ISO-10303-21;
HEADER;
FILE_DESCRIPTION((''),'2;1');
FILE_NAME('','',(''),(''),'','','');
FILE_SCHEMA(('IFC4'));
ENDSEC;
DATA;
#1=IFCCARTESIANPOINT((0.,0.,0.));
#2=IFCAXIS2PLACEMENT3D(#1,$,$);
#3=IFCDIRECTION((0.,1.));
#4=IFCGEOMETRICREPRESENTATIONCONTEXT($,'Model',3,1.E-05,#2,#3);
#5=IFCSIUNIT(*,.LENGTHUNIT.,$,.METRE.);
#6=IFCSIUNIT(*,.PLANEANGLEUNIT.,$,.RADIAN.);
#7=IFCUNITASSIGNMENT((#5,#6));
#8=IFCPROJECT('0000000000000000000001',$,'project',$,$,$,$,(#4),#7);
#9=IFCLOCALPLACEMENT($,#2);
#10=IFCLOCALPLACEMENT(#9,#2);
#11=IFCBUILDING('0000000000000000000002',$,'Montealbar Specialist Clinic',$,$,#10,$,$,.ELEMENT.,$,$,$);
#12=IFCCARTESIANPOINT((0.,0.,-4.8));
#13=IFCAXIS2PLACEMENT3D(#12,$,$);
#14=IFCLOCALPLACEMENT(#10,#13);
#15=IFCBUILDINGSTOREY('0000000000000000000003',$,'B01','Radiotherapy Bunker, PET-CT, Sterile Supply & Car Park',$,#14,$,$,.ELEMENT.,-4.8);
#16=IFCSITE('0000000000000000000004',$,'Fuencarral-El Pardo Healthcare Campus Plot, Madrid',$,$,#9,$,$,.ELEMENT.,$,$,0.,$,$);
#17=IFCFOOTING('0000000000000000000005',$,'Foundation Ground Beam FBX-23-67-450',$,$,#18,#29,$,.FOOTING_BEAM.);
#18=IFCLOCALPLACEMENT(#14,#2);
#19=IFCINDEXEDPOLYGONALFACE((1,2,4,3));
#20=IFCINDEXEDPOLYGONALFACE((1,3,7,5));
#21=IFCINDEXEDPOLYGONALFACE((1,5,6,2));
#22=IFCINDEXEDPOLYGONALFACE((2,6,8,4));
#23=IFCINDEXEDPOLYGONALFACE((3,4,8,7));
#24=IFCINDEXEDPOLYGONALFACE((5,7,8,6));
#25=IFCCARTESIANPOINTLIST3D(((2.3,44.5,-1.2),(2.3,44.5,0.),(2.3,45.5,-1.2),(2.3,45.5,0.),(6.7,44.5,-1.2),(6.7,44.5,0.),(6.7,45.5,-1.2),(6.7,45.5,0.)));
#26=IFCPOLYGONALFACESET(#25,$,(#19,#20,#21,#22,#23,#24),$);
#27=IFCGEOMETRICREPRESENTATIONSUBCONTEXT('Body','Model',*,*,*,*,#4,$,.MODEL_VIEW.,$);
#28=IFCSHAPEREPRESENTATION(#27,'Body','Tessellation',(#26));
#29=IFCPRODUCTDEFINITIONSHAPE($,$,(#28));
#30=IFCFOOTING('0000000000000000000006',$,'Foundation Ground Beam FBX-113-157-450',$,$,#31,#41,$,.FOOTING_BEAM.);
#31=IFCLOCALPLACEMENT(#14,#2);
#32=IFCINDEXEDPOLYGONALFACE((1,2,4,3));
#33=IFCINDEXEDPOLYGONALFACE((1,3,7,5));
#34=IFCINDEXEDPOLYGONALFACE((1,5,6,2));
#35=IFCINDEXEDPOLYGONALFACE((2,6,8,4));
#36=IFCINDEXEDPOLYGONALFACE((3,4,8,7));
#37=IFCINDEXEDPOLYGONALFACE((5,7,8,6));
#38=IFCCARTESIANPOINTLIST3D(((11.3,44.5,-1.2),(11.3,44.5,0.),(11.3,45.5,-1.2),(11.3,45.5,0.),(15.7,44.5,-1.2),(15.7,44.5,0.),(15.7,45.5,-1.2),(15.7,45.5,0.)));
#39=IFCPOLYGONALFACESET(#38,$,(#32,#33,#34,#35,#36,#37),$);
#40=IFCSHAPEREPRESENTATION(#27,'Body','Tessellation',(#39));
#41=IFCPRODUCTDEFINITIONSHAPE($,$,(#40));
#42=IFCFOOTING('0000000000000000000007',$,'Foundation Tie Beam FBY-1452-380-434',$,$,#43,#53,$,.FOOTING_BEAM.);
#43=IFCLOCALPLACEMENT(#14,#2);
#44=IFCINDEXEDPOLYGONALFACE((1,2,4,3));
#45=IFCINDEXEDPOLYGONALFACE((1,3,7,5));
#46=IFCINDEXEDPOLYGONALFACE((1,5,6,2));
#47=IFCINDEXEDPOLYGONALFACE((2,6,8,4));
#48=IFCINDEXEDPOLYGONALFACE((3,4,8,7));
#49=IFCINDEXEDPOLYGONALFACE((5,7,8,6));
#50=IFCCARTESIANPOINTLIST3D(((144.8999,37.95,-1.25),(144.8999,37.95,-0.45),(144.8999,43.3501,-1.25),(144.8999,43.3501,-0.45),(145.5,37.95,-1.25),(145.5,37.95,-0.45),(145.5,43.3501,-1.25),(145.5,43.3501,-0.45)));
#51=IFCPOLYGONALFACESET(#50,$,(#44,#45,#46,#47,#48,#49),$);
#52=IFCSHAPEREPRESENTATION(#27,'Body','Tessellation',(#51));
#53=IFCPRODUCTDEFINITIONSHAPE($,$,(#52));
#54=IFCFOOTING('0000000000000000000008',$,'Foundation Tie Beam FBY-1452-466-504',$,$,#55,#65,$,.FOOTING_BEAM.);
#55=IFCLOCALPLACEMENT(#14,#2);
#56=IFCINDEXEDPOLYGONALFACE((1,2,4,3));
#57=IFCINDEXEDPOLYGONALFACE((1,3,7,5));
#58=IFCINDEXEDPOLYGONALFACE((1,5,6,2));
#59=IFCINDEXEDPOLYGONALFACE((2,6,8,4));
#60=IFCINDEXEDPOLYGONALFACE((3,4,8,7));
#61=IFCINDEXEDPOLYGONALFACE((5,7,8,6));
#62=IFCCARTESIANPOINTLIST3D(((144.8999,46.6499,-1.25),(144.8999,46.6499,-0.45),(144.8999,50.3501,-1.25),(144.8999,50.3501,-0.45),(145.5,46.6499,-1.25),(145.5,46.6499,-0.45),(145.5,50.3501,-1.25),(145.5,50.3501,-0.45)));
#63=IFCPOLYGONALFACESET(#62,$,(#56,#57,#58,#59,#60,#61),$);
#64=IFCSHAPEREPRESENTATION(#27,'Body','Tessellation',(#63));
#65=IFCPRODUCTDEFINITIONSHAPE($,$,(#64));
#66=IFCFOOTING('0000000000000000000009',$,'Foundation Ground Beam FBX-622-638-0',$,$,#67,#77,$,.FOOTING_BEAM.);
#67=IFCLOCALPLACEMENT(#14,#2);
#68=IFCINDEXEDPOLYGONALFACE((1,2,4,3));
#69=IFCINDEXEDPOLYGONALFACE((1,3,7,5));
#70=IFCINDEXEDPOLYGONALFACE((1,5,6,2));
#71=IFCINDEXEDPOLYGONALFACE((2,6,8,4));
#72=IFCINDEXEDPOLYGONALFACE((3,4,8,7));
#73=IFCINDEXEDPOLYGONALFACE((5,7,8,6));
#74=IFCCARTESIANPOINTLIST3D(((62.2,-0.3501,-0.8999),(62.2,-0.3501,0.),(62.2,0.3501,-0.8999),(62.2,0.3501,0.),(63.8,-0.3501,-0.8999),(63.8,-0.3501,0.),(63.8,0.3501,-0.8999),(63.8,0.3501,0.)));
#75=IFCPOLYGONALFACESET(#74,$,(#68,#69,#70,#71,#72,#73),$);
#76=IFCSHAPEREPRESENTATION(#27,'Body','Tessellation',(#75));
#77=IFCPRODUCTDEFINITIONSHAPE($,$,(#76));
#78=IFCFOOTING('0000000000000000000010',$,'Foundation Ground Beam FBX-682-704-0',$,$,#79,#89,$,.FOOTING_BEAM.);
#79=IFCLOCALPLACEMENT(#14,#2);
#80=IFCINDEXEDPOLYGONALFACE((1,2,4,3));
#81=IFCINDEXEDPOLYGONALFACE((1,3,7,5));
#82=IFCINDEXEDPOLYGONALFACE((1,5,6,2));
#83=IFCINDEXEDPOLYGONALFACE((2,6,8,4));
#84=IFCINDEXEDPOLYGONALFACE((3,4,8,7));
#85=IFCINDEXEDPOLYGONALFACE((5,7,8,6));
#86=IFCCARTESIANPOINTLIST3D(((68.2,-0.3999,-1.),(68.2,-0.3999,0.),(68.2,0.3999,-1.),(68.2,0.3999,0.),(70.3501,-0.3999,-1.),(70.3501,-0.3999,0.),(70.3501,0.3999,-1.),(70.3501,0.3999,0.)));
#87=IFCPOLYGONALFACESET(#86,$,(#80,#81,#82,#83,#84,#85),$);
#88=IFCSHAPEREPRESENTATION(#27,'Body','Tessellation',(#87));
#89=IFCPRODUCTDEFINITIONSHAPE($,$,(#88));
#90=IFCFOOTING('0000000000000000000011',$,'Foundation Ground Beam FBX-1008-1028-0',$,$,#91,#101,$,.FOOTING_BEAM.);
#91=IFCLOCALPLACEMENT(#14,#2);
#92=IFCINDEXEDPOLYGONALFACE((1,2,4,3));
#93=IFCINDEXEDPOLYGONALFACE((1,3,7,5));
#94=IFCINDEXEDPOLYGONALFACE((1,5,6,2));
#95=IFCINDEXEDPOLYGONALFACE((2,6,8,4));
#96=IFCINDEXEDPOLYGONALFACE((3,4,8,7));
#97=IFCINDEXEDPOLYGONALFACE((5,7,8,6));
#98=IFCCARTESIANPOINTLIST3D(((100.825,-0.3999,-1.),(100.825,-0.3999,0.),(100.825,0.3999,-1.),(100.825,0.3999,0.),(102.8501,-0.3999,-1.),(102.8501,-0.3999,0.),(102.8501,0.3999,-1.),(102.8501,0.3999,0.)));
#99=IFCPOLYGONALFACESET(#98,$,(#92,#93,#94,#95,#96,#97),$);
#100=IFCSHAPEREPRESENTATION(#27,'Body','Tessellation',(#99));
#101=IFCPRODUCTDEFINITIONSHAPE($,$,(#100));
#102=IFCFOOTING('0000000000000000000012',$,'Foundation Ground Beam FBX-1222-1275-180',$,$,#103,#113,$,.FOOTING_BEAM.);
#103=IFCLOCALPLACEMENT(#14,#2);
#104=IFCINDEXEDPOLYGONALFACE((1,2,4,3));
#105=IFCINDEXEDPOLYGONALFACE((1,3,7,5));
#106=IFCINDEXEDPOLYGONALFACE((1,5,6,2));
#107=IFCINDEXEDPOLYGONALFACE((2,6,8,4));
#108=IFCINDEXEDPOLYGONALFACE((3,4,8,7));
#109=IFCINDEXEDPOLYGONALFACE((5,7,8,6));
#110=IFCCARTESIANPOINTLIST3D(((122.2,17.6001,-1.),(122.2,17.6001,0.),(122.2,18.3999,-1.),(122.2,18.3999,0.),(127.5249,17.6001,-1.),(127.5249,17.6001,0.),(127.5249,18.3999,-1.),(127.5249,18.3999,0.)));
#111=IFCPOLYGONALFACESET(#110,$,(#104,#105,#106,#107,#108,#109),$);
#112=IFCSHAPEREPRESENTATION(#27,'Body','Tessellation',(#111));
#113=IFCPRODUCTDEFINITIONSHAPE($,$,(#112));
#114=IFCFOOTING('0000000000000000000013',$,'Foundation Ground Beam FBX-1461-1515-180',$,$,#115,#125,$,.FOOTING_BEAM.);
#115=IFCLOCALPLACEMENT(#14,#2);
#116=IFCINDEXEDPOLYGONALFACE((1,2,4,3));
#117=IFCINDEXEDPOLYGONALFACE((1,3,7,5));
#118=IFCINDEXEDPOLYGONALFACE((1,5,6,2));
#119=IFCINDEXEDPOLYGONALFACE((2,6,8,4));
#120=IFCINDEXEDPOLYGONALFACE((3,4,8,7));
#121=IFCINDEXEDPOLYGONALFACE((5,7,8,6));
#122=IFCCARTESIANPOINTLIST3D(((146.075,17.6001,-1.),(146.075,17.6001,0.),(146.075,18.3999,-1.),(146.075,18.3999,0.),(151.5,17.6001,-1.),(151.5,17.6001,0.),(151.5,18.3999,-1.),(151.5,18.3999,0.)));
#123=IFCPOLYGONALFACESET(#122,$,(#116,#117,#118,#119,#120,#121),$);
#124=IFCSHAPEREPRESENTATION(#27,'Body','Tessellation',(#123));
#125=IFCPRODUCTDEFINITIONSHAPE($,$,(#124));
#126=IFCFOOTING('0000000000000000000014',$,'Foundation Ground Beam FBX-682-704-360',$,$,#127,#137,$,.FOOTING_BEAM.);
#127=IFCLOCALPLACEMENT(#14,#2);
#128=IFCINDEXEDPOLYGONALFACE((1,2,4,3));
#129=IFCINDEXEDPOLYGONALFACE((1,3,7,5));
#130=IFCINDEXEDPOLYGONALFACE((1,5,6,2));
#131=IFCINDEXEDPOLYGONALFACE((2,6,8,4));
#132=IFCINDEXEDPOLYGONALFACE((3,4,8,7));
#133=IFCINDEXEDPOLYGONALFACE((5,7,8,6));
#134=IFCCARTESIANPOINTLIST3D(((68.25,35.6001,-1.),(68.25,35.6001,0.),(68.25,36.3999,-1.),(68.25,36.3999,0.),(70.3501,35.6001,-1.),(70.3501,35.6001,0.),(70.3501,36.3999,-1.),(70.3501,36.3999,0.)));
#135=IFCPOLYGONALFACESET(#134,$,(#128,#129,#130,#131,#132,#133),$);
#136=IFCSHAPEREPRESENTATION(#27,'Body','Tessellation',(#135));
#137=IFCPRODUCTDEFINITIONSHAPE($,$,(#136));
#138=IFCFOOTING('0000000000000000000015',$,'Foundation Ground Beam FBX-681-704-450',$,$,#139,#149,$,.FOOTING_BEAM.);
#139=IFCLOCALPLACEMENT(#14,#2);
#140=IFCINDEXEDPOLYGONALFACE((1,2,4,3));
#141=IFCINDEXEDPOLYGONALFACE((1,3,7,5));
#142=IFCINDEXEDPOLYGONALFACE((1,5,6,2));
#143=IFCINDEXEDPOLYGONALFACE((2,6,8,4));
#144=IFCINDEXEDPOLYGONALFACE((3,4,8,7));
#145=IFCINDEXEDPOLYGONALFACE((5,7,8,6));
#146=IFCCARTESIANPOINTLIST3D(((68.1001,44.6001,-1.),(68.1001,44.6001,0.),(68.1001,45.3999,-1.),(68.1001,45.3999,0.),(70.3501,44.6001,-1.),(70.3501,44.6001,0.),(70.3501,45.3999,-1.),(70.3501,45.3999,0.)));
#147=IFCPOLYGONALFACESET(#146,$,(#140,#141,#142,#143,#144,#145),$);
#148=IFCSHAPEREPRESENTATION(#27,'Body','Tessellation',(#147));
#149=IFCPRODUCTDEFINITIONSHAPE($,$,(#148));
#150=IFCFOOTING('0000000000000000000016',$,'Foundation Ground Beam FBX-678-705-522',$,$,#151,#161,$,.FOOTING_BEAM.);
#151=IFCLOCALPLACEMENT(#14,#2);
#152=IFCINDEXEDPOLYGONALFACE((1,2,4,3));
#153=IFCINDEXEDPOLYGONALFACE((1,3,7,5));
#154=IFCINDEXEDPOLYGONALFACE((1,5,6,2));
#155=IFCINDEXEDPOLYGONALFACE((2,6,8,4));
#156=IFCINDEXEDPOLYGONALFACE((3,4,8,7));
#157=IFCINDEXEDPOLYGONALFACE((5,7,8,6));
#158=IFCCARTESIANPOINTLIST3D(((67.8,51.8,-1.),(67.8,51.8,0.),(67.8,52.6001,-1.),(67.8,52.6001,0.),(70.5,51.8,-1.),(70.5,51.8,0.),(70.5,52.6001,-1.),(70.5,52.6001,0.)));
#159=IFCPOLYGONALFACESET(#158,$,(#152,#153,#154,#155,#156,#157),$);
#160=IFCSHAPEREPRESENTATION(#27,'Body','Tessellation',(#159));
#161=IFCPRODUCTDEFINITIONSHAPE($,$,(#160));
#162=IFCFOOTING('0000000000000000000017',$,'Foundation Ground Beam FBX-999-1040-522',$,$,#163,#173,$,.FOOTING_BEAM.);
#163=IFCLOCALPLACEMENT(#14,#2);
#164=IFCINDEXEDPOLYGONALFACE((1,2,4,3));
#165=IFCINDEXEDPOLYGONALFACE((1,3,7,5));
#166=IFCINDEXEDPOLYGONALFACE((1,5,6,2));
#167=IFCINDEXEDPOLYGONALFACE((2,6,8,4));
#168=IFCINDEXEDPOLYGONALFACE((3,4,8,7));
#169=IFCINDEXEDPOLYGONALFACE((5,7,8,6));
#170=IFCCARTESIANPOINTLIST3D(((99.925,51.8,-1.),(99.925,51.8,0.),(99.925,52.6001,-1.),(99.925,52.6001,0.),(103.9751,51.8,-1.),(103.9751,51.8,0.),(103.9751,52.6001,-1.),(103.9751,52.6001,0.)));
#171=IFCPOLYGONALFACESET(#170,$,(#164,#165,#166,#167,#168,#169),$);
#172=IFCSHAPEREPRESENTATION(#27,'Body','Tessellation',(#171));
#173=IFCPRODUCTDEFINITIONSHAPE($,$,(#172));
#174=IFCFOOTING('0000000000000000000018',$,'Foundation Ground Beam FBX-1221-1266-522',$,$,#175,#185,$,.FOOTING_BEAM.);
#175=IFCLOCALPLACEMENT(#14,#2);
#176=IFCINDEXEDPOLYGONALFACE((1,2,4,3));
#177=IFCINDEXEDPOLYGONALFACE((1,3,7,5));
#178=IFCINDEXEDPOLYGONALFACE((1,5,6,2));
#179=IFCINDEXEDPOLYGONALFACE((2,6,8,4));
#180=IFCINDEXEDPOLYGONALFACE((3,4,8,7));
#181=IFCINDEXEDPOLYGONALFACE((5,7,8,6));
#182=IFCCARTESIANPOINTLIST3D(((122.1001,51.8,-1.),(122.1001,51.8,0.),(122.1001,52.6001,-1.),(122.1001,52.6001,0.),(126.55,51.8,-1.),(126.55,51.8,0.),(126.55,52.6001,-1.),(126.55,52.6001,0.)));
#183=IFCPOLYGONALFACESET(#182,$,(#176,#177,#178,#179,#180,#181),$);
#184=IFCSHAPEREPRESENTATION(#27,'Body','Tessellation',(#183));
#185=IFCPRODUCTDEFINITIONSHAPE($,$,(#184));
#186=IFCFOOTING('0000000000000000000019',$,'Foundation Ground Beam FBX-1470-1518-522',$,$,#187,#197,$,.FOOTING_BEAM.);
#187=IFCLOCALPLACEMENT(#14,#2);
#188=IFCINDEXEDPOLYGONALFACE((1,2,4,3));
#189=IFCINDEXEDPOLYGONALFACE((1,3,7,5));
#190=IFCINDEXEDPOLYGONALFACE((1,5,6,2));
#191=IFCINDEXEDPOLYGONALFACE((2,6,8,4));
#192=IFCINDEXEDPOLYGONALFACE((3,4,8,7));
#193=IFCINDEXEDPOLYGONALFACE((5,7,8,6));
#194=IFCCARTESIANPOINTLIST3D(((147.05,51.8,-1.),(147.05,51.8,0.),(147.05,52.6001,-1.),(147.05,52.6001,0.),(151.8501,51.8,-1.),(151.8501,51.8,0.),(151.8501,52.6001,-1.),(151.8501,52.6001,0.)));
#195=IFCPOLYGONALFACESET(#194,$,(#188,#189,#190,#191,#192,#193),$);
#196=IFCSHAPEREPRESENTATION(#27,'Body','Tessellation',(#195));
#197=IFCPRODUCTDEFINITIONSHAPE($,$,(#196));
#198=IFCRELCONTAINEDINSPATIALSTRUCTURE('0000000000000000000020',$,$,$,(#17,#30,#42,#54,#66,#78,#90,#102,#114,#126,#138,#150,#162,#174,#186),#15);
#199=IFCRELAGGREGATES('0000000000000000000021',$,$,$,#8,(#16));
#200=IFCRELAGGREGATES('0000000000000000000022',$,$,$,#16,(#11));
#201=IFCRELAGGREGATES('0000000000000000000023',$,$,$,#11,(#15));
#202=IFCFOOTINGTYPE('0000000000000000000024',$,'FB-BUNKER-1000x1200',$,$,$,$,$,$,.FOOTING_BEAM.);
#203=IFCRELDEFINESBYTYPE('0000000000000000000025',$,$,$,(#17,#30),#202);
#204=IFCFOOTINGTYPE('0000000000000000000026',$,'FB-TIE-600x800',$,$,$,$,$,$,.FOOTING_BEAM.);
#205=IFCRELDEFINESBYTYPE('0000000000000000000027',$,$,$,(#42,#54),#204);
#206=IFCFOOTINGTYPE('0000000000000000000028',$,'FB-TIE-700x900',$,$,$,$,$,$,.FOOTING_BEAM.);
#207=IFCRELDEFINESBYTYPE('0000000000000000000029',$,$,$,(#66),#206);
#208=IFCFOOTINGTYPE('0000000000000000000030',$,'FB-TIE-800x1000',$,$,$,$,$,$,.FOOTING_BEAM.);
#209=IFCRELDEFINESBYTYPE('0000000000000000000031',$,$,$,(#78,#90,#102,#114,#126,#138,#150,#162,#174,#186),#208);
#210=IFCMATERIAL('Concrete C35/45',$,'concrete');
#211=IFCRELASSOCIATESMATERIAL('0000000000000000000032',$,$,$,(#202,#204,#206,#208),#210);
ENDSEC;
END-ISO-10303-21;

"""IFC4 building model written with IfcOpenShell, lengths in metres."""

from ifc_helpers import new_model, si_unit, direction, frame, origin, place, context, subcontext, project, spatial, polyline, outline, extrude, material, type_object, element, save


model = new_model("IFC4")

# Units and contexts
model_context = context("Model", 3, precision=1e-05, world=origin(), true_north=direction((0.0, 1.0)))
body_context = subcontext(model_context, "Body", "Model", "MODEL_VIEW")
ifc_project = project(units=[si_unit("LENGTHUNIT", "METRE"), si_unit("PLANEANGLEUNIT", "RADIAN")], contexts=[model_context])

# Site, building, storey
site_placement = place(None, origin())
site = spatial("IfcSite", under=ifc_project, at=site_placement, Name="Fuencarral-El Pardo Healthcare Campus Plot, Madrid", CompositionType="ELEMENT", RefElevation=0.0)
building_placement = place(site_placement, origin())
building = spatial("IfcBuilding", under=site, at=building_placement, Name="Montealbar Specialist Clinic", CompositionType="ELEMENT")
storey_placement = place(building_placement, frame((0.0, 0.0, -4.8)))
storey = spatial("IfcBuildingStorey", under=building, at=storey_placement, Name="B01", Description="Radiotherapy Bunker, PET-CT, Sterile Supply & Car Park", CompositionType="ELEMENT", Elevation=-4.8)

# Footings
ifc_material = material(Name="Concrete C35/45", Category="concrete")
footing_type_1 = type_object("IfcFootingType", Name="FB-BUNKER-1000x1200", PredefinedType="FOOTING_BEAM", material=ifc_material)
footing_1_placement = place(storey_placement, frame((0.0, 0.0, -1.2)))
element("IfcFooting", 1, at=footing_1_placement, inside=storey, type_object=footing_type_1, Name="Foundation Ground Beam FBX-23-67-450", PredefinedType="FOOTING_BEAM", context=body_context, shape_type="SweptSolid", body=[
    extrude(outline(polyline([(2.3, 44.5), (6.7, 44.5), (6.7, 45.5), (2.3, 45.5), (2.3, 44.5)])), origin(), (0.0, 0.0, 1.0), 1.2),
])
footing_2_placement = place(storey_placement, frame((0.0, 0.0, -1.2)))
element("IfcFooting", 2, at=footing_2_placement, inside=storey, type_object=footing_type_1, Name="Foundation Ground Beam FBX-113-157-450", PredefinedType="FOOTING_BEAM", context=body_context, shape_type="SweptSolid", body=[
    extrude(outline(polyline([(11.3, 44.5), (15.7, 44.5), (15.7, 45.5), (11.3, 45.5), (11.3, 44.5)])), origin(), (0.0, 0.0, 1.0), 1.2),
])
footing_type_2 = type_object("IfcFootingType", Name="FB-TIE-600x800", PredefinedType="FOOTING_BEAM", material=ifc_material)
footing_3_placement = place(storey_placement, frame((0.0, 0.0, -1.25)))
element("IfcFooting", 3, at=footing_3_placement, inside=storey, type_object=footing_type_2, Name="Foundation Tie Beam FBY-1452-380-434", PredefinedType="FOOTING_BEAM", context=body_context, shape_type="SweptSolid", body=[
    extrude(outline(polyline([(144.8999, 37.95), (145.5, 37.95), (145.5, 43.3501), (144.8999, 43.3501), (144.8999, 37.95)])), origin(), (0.0, 0.0, 1.0), 0.8),
])
footing_4_placement = place(storey_placement, frame((0.0, 0.0, -1.25)))
element("IfcFooting", 4, at=footing_4_placement, inside=storey, type_object=footing_type_2, Name="Foundation Tie Beam FBY-1452-466-504", PredefinedType="FOOTING_BEAM", context=body_context, shape_type="SweptSolid", body=[
    extrude(outline(polyline([(144.8999, 46.6499), (145.5, 46.6499), (145.5, 50.3501), (144.8999, 50.3501), (144.8999, 46.6499)])), origin(), (0.0, 0.0, 1.0), 0.8),
])
footing_type_3 = type_object("IfcFootingType", Name="FB-TIE-700x900", PredefinedType="FOOTING_BEAM", material=ifc_material)
footing_5_placement = place(storey_placement, frame((0.0, 0.0, -0.8999)))
element("IfcFooting", 5, at=footing_5_placement, inside=storey, type_object=footing_type_3, Name="Foundation Ground Beam FBX-622-638-0", PredefinedType="FOOTING_BEAM", context=body_context, shape_type="SweptSolid", body=[
    extrude(outline(polyline([(62.2, -0.3501), (63.8, -0.3501), (63.8, 0.3501), (62.2, 0.3501), (62.2, -0.3501)])), origin(), (0.0, 0.0, 1.0), 0.8999),
])
footing_type_4 = type_object("IfcFootingType", Name="FB-TIE-800x1000", PredefinedType="FOOTING_BEAM", material=ifc_material)
footing_6_placement = place(storey_placement, frame((0.0, 0.0, -1.0)))
element("IfcFooting", 6, at=footing_6_placement, inside=storey, type_object=footing_type_4, Name="Foundation Ground Beam FBX-682-704-0", PredefinedType="FOOTING_BEAM", context=body_context, shape_type="SweptSolid", body=[
    extrude(outline(polyline([(68.2, -0.3999), (70.3501, -0.3999), (70.3501, 0.3999), (68.2, 0.3999), (68.2, -0.3999)])), origin(), (0.0, 0.0, 1.0), 1.0),
])
footing_7_placement = place(storey_placement, frame((0.0, 0.0, -1.0)))
element("IfcFooting", 7, at=footing_7_placement, inside=storey, type_object=footing_type_4, Name="Foundation Ground Beam FBX-1008-1028-0", PredefinedType="FOOTING_BEAM", context=body_context, shape_type="SweptSolid", body=[
    extrude(outline(polyline([(100.825, -0.3999), (102.8501, -0.3999), (102.8501, 0.3999), (100.825, 0.3999), (100.825, -0.3999)])), origin(), (0.0, 0.0, 1.0), 1.0),
])
footing_8_placement = place(storey_placement, frame((0.0, 0.0, -1.0)))
element("IfcFooting", 8, at=footing_8_placement, inside=storey, type_object=footing_type_4, Name="Foundation Ground Beam FBX-1222-1275-180", PredefinedType="FOOTING_BEAM", context=body_context, shape_type="SweptSolid", body=[
    extrude(outline(polyline([(122.2, 17.6001), (127.5249, 17.6001), (127.5249, 18.3999), (122.2, 18.3999), (122.2, 17.6001)])), origin(), (0.0, 0.0, 1.0), 1.0),
])
footing_9_placement = place(storey_placement, frame((0.0, 0.0, -1.0)))
element("IfcFooting", 9, at=footing_9_placement, inside=storey, type_object=footing_type_4, Name="Foundation Ground Beam FBX-1461-1515-180", PredefinedType="FOOTING_BEAM", context=body_context, shape_type="SweptSolid", body=[
    extrude(outline(polyline([(146.075, 17.6001), (151.5, 17.6001), (151.5, 18.3999), (146.075, 18.3999), (146.075, 17.6001)])), origin(), (0.0, 0.0, 1.0), 1.0),
])
footing_10_placement = place(storey_placement, frame((0.0, 0.0, -1.0)))
element("IfcFooting", 10, at=footing_10_placement, inside=storey, type_object=footing_type_4, Name="Foundation Ground Beam FBX-682-704-360", PredefinedType="FOOTING_BEAM", context=body_context, shape_type="SweptSolid", body=[
    extrude(outline(polyline([(68.25, 35.6001), (70.3501, 35.6001), (70.3501, 36.3999), (68.25, 36.3999), (68.25, 35.6001)])), origin(), (0.0, 0.0, 1.0), 1.0),
])
footing_11_placement = place(storey_placement, frame((0.0, 0.0, -1.0)))
element("IfcFooting", 11, at=footing_11_placement, inside=storey, type_object=footing_type_4, Name="Foundation Ground Beam FBX-681-704-450", PredefinedType="FOOTING_BEAM", context=body_context, shape_type="SweptSolid", body=[
    extrude(outline(polyline([(68.1001, 44.6001), (70.3501, 44.6001), (70.3501, 45.3999), (68.1001, 45.3999), (68.1001, 44.6001)])), origin(), (0.0, 0.0, 1.0), 1.0),
])
footing_12_placement = place(storey_placement, frame((0.0, 0.0, -1.0)))
element("IfcFooting", 12, at=footing_12_placement, inside=storey, type_object=footing_type_4, Name="Foundation Ground Beam FBX-678-705-522", PredefinedType="FOOTING_BEAM", context=body_context, shape_type="SweptSolid", body=[
    extrude(outline(polyline([(67.8, 51.8), (70.5, 51.8), (70.5, 52.6001), (67.8, 52.6001), (67.8, 51.8)])), origin(), (0.0, 0.0, 1.0), 1.0),
])
footing_13_placement = place(storey_placement, frame((0.0, 0.0, -1.0)))
element("IfcFooting", 13, at=footing_13_placement, inside=storey, type_object=footing_type_4, Name="Foundation Ground Beam FBX-999-1040-522", PredefinedType="FOOTING_BEAM", context=body_context, shape_type="SweptSolid", body=[
    extrude(outline(polyline([(99.925, 51.8), (103.9751, 51.8), (103.9751, 52.6001), (99.925, 52.6001), (99.925, 51.8)])), origin(), (0.0, 0.0, 1.0), 1.0),
])
footing_14_placement = place(storey_placement, frame((0.0, 0.0, -1.0)))
element("IfcFooting", 14, at=footing_14_placement, inside=storey, type_object=footing_type_4, Name="Foundation Ground Beam FBX-1221-1266-522", PredefinedType="FOOTING_BEAM", context=body_context, shape_type="SweptSolid", body=[
    extrude(outline(polyline([(122.1001, 51.8), (126.55, 51.8), (126.55, 52.6001), (122.1001, 52.6001), (122.1001, 51.8)])), origin(), (0.0, 0.0, 1.0), 1.0),
])
footing_15_placement = place(storey_placement, frame((0.0, 0.0, -1.0)))
element("IfcFooting", 15, at=footing_15_placement, inside=storey, type_object=footing_type_4, Name="Foundation Ground Beam FBX-1470-1518-522", PredefinedType="FOOTING_BEAM", context=body_context, shape_type="SweptSolid", body=[
    extrude(outline(polyline([(147.05, 51.8), (151.8501, 51.8), (151.8501, 52.6001), (147.05, 52.6001), (147.05, 51.8)])), origin(), (0.0, 0.0, 1.0), 1.0),
])

save(model, "model.ifc")
